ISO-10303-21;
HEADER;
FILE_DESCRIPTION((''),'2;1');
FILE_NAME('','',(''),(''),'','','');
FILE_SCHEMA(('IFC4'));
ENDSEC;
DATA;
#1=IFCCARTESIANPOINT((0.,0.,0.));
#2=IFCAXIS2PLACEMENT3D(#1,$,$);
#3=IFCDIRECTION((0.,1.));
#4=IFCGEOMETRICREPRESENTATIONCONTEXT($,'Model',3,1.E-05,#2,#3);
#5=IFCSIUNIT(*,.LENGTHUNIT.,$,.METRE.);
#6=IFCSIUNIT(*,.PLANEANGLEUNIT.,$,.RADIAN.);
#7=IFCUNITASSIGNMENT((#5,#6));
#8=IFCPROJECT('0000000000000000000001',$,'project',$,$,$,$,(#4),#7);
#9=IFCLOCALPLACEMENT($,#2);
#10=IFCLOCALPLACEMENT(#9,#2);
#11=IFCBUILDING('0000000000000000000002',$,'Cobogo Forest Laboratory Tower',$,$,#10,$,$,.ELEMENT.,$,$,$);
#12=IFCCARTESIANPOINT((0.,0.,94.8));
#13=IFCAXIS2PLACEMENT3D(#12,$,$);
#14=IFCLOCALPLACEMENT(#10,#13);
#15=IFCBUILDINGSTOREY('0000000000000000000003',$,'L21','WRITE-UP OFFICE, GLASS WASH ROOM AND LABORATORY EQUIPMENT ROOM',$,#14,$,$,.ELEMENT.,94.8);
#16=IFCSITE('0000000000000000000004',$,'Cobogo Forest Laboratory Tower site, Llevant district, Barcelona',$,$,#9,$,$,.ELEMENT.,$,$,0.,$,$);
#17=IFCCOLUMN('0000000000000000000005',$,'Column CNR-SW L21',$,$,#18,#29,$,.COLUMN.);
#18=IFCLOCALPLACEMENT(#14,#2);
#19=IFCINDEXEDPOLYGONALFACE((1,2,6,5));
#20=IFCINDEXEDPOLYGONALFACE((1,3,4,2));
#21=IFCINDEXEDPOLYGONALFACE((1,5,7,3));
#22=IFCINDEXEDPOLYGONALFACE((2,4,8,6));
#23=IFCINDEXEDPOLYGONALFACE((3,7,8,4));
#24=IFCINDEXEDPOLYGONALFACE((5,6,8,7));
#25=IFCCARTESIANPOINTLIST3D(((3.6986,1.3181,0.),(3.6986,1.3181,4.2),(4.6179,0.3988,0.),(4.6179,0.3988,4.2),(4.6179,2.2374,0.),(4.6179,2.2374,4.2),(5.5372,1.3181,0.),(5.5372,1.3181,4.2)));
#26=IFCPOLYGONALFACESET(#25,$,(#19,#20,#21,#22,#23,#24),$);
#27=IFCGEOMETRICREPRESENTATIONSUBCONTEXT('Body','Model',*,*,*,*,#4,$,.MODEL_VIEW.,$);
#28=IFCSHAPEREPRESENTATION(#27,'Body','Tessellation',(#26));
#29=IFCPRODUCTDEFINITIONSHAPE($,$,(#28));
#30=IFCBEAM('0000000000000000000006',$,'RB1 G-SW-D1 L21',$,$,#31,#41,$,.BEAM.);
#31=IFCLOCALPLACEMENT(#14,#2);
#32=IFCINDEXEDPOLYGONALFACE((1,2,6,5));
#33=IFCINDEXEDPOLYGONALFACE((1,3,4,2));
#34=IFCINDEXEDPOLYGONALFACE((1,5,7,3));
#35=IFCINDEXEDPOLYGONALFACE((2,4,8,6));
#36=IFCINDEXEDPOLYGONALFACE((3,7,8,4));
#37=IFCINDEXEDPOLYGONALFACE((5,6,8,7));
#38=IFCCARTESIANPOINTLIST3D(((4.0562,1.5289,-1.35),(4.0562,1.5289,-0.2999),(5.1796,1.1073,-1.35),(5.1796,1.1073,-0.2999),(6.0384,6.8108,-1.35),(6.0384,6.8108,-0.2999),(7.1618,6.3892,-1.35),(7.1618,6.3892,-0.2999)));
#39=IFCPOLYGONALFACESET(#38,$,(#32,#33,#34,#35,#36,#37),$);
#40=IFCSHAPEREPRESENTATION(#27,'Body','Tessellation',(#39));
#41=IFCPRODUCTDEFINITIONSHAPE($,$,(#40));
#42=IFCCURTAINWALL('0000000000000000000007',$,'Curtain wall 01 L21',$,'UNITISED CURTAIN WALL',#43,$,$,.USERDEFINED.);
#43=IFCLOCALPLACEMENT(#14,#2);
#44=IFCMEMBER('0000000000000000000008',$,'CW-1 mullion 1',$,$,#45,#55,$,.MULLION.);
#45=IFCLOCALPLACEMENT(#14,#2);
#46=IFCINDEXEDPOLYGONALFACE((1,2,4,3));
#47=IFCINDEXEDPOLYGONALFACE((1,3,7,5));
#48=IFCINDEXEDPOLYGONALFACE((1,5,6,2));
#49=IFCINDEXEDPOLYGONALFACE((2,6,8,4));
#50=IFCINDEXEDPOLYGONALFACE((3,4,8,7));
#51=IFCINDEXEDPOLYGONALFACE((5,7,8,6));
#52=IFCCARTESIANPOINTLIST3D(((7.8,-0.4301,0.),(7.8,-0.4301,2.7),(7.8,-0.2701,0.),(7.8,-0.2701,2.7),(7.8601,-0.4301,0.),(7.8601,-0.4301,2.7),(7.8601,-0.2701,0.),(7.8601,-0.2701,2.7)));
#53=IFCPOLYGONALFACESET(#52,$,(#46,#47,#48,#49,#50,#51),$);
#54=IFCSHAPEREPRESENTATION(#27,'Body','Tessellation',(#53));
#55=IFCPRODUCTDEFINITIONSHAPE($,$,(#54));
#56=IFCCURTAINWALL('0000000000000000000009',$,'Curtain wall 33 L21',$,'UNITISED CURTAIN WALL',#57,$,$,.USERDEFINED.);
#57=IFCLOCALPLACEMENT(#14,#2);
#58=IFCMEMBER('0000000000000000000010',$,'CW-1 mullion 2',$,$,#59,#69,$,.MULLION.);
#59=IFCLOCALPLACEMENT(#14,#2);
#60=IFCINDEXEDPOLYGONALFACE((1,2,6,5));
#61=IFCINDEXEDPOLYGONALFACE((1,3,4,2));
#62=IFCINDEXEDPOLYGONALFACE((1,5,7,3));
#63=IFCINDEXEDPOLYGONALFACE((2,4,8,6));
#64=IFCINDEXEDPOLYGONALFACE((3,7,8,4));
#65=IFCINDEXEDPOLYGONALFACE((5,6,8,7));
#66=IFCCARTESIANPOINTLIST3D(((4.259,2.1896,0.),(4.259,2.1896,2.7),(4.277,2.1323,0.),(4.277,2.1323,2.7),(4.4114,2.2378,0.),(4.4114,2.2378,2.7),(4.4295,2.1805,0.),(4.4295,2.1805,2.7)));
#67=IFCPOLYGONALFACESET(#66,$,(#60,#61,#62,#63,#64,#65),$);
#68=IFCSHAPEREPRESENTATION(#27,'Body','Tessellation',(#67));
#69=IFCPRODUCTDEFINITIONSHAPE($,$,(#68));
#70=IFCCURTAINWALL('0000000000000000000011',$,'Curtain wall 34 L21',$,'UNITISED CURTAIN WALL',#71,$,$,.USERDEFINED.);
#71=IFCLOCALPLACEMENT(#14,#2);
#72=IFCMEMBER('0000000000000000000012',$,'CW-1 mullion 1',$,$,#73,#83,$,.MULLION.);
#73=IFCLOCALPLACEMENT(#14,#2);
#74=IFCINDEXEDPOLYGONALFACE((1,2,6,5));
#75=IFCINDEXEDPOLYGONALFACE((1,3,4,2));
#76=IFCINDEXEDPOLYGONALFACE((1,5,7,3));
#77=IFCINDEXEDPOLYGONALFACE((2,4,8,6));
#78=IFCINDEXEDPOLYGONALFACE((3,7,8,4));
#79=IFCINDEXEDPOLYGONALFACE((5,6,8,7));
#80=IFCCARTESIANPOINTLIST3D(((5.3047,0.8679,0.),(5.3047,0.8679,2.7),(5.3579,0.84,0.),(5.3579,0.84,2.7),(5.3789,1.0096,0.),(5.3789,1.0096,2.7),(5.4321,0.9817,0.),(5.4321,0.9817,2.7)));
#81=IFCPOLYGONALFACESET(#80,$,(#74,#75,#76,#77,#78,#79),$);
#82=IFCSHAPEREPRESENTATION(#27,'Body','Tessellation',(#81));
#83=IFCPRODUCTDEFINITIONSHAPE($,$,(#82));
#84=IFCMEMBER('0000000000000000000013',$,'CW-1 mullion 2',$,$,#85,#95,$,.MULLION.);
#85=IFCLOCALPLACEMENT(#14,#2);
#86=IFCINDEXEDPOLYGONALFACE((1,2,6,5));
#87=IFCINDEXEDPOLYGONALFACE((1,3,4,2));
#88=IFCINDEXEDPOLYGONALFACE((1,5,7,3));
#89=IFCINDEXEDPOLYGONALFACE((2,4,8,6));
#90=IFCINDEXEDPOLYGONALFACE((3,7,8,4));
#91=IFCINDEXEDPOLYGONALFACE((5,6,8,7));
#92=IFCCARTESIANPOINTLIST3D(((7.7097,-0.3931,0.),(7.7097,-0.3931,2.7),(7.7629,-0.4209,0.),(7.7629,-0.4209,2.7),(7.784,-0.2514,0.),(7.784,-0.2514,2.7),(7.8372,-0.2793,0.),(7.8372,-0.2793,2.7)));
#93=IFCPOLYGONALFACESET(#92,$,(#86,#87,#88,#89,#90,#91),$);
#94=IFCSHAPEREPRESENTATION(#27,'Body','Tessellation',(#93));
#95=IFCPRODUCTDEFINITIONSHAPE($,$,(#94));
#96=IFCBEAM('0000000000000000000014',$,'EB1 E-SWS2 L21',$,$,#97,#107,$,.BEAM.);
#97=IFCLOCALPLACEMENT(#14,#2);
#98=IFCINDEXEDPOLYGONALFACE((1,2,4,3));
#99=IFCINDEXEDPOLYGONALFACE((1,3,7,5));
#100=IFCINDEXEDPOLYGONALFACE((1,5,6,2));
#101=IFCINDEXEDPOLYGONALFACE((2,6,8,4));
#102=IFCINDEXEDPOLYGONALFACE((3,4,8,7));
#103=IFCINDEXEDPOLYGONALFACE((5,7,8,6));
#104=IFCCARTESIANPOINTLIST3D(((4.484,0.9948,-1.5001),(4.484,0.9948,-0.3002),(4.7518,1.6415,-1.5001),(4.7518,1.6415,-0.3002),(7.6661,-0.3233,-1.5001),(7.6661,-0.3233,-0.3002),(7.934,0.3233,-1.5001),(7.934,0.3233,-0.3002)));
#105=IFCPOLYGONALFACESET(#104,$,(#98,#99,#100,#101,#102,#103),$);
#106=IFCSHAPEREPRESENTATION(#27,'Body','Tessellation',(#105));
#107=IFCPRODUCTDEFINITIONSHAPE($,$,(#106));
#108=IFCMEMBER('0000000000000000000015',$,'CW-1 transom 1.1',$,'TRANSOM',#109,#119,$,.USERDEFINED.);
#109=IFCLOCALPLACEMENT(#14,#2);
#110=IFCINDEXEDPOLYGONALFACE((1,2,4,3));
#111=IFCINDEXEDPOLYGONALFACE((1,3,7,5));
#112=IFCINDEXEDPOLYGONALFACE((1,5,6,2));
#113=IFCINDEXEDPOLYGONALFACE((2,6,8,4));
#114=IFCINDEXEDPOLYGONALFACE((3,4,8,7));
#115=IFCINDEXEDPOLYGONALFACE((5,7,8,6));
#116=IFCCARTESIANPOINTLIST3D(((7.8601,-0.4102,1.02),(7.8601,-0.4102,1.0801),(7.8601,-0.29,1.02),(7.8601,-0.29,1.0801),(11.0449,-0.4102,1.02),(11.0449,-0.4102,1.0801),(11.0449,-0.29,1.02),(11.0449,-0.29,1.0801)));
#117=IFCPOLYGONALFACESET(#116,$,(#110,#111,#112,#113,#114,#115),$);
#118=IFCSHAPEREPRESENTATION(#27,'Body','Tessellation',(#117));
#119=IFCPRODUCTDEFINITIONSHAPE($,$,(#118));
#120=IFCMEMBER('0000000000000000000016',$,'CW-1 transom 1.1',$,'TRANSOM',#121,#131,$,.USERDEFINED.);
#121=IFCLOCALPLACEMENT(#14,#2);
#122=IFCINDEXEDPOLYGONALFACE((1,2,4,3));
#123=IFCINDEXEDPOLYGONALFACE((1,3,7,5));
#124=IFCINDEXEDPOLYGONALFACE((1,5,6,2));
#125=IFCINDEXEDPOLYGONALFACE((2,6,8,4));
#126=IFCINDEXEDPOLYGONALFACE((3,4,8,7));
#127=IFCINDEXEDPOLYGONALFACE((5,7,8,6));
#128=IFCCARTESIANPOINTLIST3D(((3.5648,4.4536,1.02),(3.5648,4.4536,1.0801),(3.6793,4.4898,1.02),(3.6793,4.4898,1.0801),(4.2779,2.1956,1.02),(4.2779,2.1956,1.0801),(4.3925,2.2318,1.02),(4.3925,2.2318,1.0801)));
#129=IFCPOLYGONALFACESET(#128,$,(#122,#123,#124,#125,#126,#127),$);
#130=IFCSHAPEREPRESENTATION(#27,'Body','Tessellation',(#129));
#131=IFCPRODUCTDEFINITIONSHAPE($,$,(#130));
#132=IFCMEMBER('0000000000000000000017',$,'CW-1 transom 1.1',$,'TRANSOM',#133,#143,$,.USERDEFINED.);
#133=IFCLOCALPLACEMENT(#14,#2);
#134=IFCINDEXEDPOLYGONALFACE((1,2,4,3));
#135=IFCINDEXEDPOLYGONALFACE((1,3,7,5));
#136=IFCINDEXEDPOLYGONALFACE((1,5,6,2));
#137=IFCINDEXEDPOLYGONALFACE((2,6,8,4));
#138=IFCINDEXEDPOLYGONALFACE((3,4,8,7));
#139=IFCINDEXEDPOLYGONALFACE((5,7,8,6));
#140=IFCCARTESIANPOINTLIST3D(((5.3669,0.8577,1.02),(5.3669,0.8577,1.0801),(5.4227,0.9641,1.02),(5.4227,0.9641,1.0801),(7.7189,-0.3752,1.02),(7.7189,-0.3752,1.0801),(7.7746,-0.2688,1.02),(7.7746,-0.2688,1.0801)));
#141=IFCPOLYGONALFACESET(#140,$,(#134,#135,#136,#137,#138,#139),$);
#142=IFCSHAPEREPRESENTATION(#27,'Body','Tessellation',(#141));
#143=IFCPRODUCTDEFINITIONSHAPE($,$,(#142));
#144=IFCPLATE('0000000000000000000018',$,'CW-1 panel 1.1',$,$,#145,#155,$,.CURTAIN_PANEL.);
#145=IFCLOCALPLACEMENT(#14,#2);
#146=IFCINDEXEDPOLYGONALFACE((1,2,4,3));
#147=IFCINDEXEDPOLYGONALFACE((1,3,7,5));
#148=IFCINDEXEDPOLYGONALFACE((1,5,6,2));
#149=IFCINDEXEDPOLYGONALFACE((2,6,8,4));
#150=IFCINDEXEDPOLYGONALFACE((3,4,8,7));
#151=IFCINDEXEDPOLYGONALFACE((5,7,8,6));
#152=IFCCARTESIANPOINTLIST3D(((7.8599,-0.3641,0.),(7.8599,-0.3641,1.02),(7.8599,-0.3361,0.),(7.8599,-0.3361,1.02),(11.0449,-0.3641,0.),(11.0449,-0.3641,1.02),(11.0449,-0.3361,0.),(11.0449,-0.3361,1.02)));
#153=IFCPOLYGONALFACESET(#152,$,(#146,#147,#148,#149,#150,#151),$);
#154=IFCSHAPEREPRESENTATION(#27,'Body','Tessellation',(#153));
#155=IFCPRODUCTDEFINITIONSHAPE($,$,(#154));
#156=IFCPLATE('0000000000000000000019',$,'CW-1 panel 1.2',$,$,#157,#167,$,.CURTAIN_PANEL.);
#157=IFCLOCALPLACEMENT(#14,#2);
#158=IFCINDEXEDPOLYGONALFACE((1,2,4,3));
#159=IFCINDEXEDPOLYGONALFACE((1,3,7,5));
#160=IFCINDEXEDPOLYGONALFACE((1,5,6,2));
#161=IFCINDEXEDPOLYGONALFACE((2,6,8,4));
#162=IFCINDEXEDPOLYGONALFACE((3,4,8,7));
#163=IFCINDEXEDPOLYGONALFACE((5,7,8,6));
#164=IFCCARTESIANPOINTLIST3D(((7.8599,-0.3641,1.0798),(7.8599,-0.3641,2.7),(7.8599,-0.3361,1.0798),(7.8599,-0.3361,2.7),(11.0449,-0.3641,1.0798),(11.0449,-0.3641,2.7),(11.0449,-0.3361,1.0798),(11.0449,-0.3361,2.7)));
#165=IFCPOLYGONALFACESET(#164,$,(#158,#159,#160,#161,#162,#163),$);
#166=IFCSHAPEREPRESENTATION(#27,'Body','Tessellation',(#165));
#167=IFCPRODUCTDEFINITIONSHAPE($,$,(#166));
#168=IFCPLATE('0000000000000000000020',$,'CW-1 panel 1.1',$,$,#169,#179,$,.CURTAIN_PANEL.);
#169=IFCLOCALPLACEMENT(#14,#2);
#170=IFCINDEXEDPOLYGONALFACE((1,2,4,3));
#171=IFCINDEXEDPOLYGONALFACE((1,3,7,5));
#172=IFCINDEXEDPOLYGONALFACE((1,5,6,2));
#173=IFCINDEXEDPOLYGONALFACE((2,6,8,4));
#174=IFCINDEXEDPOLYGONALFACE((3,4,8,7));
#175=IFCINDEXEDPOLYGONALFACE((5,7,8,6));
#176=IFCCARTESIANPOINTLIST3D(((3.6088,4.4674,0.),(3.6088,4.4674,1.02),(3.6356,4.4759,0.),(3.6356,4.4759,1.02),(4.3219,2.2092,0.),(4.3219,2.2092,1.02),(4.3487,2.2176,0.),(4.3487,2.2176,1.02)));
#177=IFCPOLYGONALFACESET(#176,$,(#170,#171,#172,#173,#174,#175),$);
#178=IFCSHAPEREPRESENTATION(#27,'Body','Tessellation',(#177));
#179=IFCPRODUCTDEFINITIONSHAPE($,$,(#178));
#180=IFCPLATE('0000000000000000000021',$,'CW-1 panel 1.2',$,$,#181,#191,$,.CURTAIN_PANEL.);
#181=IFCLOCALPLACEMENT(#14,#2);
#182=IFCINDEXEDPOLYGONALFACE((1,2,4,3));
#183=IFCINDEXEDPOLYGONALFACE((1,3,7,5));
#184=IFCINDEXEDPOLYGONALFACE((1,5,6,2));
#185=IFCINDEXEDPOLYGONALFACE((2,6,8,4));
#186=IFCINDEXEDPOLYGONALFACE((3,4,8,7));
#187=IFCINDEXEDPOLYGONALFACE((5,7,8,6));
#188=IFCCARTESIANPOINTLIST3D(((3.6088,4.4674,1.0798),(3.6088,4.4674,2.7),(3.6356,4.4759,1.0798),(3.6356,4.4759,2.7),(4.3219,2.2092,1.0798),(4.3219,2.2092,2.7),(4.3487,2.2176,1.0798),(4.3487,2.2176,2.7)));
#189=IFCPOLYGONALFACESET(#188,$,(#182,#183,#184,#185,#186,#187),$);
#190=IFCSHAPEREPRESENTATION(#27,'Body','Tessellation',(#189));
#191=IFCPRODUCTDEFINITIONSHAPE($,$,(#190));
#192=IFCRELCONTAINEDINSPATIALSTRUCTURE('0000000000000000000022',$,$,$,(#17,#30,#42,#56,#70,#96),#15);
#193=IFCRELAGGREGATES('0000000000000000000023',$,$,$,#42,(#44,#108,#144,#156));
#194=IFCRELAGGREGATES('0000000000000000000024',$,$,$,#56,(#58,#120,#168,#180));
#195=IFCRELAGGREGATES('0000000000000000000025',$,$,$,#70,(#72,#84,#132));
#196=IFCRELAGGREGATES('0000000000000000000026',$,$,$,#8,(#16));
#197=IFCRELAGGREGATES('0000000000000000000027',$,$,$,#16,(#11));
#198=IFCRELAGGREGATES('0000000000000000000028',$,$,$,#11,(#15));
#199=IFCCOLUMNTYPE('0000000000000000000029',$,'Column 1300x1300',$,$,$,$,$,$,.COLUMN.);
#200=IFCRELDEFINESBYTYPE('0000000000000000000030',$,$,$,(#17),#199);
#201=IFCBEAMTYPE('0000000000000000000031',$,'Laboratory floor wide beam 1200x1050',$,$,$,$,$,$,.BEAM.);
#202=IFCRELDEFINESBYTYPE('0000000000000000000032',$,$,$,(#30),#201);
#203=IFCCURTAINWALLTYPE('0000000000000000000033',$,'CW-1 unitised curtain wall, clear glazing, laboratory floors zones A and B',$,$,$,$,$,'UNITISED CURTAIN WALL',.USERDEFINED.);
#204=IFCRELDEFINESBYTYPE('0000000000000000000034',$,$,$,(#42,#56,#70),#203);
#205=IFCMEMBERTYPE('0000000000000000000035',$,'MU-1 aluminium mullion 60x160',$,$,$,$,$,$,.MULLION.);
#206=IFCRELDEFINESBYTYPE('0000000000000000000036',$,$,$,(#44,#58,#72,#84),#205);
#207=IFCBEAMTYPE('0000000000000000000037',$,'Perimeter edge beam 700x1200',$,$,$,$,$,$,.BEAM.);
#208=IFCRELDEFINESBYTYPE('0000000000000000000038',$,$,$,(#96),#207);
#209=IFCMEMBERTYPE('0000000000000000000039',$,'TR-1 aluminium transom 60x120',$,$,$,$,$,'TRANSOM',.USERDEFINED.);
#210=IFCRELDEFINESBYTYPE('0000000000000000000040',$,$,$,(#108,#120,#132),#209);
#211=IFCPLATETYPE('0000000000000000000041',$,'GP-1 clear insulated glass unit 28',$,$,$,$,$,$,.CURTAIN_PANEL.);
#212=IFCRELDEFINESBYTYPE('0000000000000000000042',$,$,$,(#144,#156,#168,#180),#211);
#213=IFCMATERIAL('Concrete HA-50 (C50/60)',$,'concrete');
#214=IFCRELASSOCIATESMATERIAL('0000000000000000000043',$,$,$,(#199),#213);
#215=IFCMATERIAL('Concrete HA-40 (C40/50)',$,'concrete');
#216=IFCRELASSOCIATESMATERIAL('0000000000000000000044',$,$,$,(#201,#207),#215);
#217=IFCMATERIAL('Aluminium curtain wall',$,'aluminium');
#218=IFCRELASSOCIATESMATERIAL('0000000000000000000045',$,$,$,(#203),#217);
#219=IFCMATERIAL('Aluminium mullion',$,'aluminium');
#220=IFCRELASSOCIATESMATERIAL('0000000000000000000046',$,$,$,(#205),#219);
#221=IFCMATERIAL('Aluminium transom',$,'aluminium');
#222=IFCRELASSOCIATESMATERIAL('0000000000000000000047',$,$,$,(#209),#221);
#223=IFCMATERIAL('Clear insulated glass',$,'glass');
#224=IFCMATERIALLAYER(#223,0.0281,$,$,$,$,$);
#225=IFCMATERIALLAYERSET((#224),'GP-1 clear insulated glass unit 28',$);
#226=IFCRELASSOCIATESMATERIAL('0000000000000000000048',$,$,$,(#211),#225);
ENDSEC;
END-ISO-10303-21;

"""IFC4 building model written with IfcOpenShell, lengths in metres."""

from ifc_helpers import new_model, si_unit, direction, frame, origin, origin_2d, place, context, subcontext, project, spatial, rectangle, extrude, material, layer, layer_set, material_profile, profile_set, type_object, element, aggregate, save


model = new_model("IFC4")

# Units and contexts
model_context = context("Model", 3, precision=1e-05, world=origin(), true_north=direction((0.0, 1.0)))
body_context = subcontext(model_context, "Body", "Model", "MODEL_VIEW")
ifc_project = project(units=[si_unit("LENGTHUNIT", "METRE"), si_unit("PLANEANGLEUNIT", "RADIAN")], contexts=[model_context])

# Site, building, storey
site_placement = place(None, origin())
site = spatial("IfcSite", under=ifc_project, at=site_placement, Name="Cobogo Forest Laboratory Tower site, Llevant district, Barcelona", CompositionType="ELEMENT", RefElevation=0.0)
building_placement = place(site_placement, origin())
building = spatial("IfcBuilding", under=site, at=building_placement, Name="Cobogo Forest Laboratory Tower", CompositionType="ELEMENT")
storey_placement = place(building_placement, frame((0.0, 0.0, 94.8)))
storey = spatial("IfcBuildingStorey", under=building, at=storey_placement, Name="L21", Description="WRITE-UP OFFICE, GLASS WASH ROOM AND LABORATORY EQUIPMENT ROOM", CompositionType="ELEMENT", Elevation=94.8)

# Column
ifc_material_1 = material(Name="Concrete HA-50 (C50/60)", Category="concrete")
ifc_material_profile_1 = material_profile(ifc_material_1, rectangle(XDim=1.3, YDim=1.3, at=origin_2d()), Name="RC 1300x1300")
ifc_profile_set_1 = profile_set([ifc_material_profile_1], Name="Concrete HA-50 (C50/60)")
column_type = type_object("IfcColumnType", Name="Column 1300x1300", PredefinedType="COLUMN", material=ifc_profile_set_1)
column_placement = place(storey_placement, frame((4.6179, 1.3181, 0.0), z_axis=(0.0, 0.0, 1.0), x_axis=(0.707107, 0.707107, 0.0)))
element("IfcColumn", 1, at=column_placement, inside=storey, type_object=column_type, Name="Column CNR-SW L21", PredefinedType="COLUMN", context=body_context, shape_type="SweptSolid", body=[
    extrude(rectangle(XDim=1.3, YDim=1.3, at=origin_2d()), origin(), (0.0, 0.0, 1.0), 4.2),
])

# Beam
ifc_material_2 = material(Name="Concrete HA-40 (C40/50)", Category="concrete")
ifc_material_profile_2 = material_profile(ifc_material_2, rectangle(XDim=1.2, YDim=1.05, at=origin_2d()), Name="RC 1200x1050")
ifc_profile_set_2 = profile_set([ifc_material_profile_2], Name="Concrete HA-40 (C40/50)")
beam_type_1 = type_object("IfcBeamType", Name="Laboratory floor wide beam 1200x1050", PredefinedType="BEAM", material=ifc_profile_set_2)
beam_1_placement = place(storey_placement, frame((4.6179, 1.3181, -0.825), z_axis=(0.351346, 0.936246, 0.0), x_axis=(-0.936246, 0.351346, 0.0)))
element("IfcBeam", 2, at=beam_1_placement, inside=storey, type_object=beam_type_1, Name="RB1 G-SW-D1 L21", PredefinedType="BEAM", context=body_context, shape_type="SweptSolid", body=[
    extrude(rectangle(XDim=1.2, YDim=1.05, at=origin_2d()), origin(), (0.0, 0.0, 1.0), 5.6416),
])

# Curtain walls, members
ifc_material_3 = material(Name="Aluminium curtain wall", Category="aluminium")
curtain_wall_type = type_object("IfcCurtainWallType", Name="CW-1 unitised curtain wall, clear glazing, laboratory floors zones A and B", ElementType="UNITISED CURTAIN WALL", PredefinedType="USERDEFINED", material=ifc_material_3)
curtain_wall_1_placement = place(storey_placement, origin())
curtain_wall_1 = element("IfcCurtainWall", 3, at=curtain_wall_1_placement, inside=storey, type_object=curtain_wall_type, Name="Curtain wall 01 L21", ObjectType="UNITISED CURTAIN WALL", PredefinedType="USERDEFINED")
ifc_material_4 = material(Name="Aluminium mullion", Category="aluminium")
ifc_material_profile_3 = material_profile(ifc_material_4, rectangle(XDim=0.0601, YDim=0.1599, at=origin_2d()), Name="AL 60x160")
ifc_profile_set_3 = profile_set([ifc_material_profile_3], Name="Aluminium mullion")
member_type_1 = type_object("IfcMemberType", Name="MU-1 aluminium mullion 60x160", PredefinedType="MULLION", material=ifc_profile_set_3)
member_1_placement = place(storey_placement, frame((7.8301, -0.3501, 0.0), z_axis=(0.0, 0.0, 1.0), x_axis=(1.0, 0.0, 0.0)))
member_1 = element("IfcMember", 4, at=member_1_placement, type_object=member_type_1, Name="CW-1 mullion 1", PredefinedType="MULLION", context=body_context, shape_type="SweptSolid", body=[
    extrude(rectangle(XDim=0.0601, YDim=0.1599, at=origin_2d()), origin(), (0.0, 0.0, 1.0), 2.7),
])
curtain_wall_2_placement = place(storey_placement, origin())
curtain_wall_2 = element("IfcCurtainWall", 5, at=curtain_wall_2_placement, inside=storey, type_object=curtain_wall_type, Name="Curtain wall 33 L21", ObjectType="UNITISED CURTAIN WALL", PredefinedType="USERDEFINED")
member_2_placement = place(storey_placement, frame((4.3442, 2.1851, 0.0), z_axis=(0.0, 0.0, 1.0), x_axis=(0.301135, -0.953581, 0.0)))
member_2 = element("IfcMember", 6, at=member_2_placement, type_object=member_type_1, Name="CW-1 mullion 2", PredefinedType="MULLION", context=body_context, shape_type="SweptSolid", body=[
    extrude(rectangle(XDim=0.0601, YDim=0.1599, at=origin_2d()), origin(), (0.0, 0.0, 1.0), 2.7),
])

# Curtain wall, members
curtain_wall_3_placement = place(storey_placement, origin())
curtain_wall_3 = element("IfcCurtainWall", 7, at=curtain_wall_3_placement, inside=storey, type_object=curtain_wall_type, Name="Curtain wall 34 L21", ObjectType="UNITISED CURTAIN WALL", PredefinedType="USERDEFINED")
member_3_placement = place(storey_placement, frame((5.3684, 0.9248, 0.0), z_axis=(0.0, 0.0, 1.0), x_axis=(0.885687, -0.464284, 0.0)))
member_3 = element("IfcMember", 8, at=member_3_placement, type_object=member_type_1, Name="CW-1 mullion 1", PredefinedType="MULLION", context=body_context, shape_type="SweptSolid", body=[
    extrude(rectangle(XDim=0.0601, YDim=0.1599, at=origin_2d()), origin(), (0.0, 0.0, 1.0), 2.7),
])
member_4_placement = place(storey_placement, frame((7.7734, -0.3362, 0.0), z_axis=(0.0, 0.0, 1.0), x_axis=(0.885687, -0.464284, 0.0)))
member_4 = element("IfcMember", 9, at=member_4_placement, type_object=member_type_1, Name="CW-1 mullion 2", PredefinedType="MULLION", context=body_context, shape_type="SweptSolid", body=[
    extrude(rectangle(XDim=0.0601, YDim=0.1599, at=origin_2d()), origin(), (0.0, 0.0, 1.0), 2.7),
])

# Beam
ifc_material_profile_4 = material_profile(ifc_material_2, rectangle(XDim=0.7, YDim=1.2, at=origin_2d()), Name="RC 700x1200")
ifc_profile_set_4 = profile_set([ifc_material_profile_4], Name="Concrete HA-40 (C40/50)")
beam_type_2 = type_object("IfcBeamType", Name="Perimeter edge beam 700x1200", PredefinedType="BEAM", material=ifc_profile_set_4)
beam_2_placement = place(storey_placement, frame((7.8, 0.0, -0.9001), z_axis=(-0.923876, 0.382692, 0.0), x_axis=(-0.382692, -0.923876, 0.0)))
element("IfcBeam", 10, at=beam_2_placement, inside=storey, type_object=beam_type_2, Name="EB1 E-SWS2 L21", PredefinedType="BEAM", context=body_context, shape_type="SweptSolid", body=[
    extrude(rectangle(XDim=0.7, YDim=1.2, at=origin_2d()), origin(), (0.0, 0.0, 1.0), 3.4443),
])

# Members
ifc_material_5 = material(Name="Aluminium transom", Category="aluminium")
ifc_material_profile_5 = material_profile(ifc_material_5, rectangle(XDim=0.1201, YDim=0.0601, at=origin_2d()), Name="AL 60x120")
ifc_profile_set_5 = profile_set([ifc_material_profile_5], Name="Aluminium transom")
member_type_2 = type_object("IfcMemberType", Name="TR-1 aluminium transom 60x120", ElementType="TRANSOM", PredefinedType="USERDEFINED", material=ifc_profile_set_5)
member_5_placement = place(storey_placement, frame((7.8601, -0.3501, 1.05), z_axis=(1.0, 0.0, 0.0), x_axis=(0.0, 1.0, 0.0)))
member_5 = element("IfcMember", 11, at=member_5_placement, type_object=member_type_2, Name="CW-1 transom 1.1", ObjectType="TRANSOM", PredefinedType="USERDEFINED", context=body_context, shape_type="SweptSolid", body=[
    extrude(rectangle(XDim=0.1201, YDim=0.0601, at=origin_2d()), origin(), (0.0, 0.0, 1.0), 3.1848),
])
member_6_placement = place(storey_placement, frame((3.6221, 4.4717, 1.05), z_axis=(0.301156, -0.953575, 0.0), x_axis=(0.953575, 0.301156, 0.0)))
member_6 = element("IfcMember", 12, at=member_6_placement, type_object=member_type_2, Name="CW-1 transom 1.1", ObjectType="TRANSOM", PredefinedType="USERDEFINED", context=body_context, shape_type="SweptSolid", body=[
    extrude(rectangle(XDim=0.1201, YDim=0.0601, at=origin_2d()), origin(), (0.0, 0.0, 1.0), 2.3679),
])
member_7_placement = place(storey_placement, frame((5.3948, 0.9109, 1.05), z_axis=(0.885695, -0.464268, 0.0), x_axis=(0.464268, 0.885695, 0.0)))
member_7 = element("IfcMember", 13, at=member_7_placement, type_object=member_type_2, Name="CW-1 transom 1.1", ObjectType="TRANSOM", PredefinedType="USERDEFINED", context=body_context, shape_type="SweptSolid", body=[
    extrude(rectangle(XDim=0.1201, YDim=0.0601, at=origin_2d()), origin(), (0.0, 0.0, 1.0), 2.6555),
])

# Plates
ifc_material_6 = material(Name="Clear insulated glass", Category="glass")
ifc_layer = layer(ifc_material_6, 0.0281)
ifc_layer_set = layer_set([ifc_layer], Name="GP-1 clear insulated glass unit 28")
plate_type = type_object("IfcPlateType", Name="GP-1 clear insulated glass unit 28", PredefinedType="CURTAIN_PANEL", material=ifc_layer_set)
plate_1_placement = place(storey_placement, frame((9.4524, -0.3501, 0.0), z_axis=(0.0, 0.0, 1.0), x_axis=(1.0, 0.0, 0.0)))
plate_1 = element("IfcPlate", 14, at=plate_1_placement, type_object=plate_type, Name="CW-1 panel 1.1", PredefinedType="CURTAIN_PANEL", context=body_context, shape_type="SweptSolid", body=[
    extrude(rectangle(XDim=3.1851, YDim=0.0281, at=origin_2d()), origin(), (0.0, 0.0, 1.0), 1.02),
])
plate_2_placement = place(storey_placement, frame((9.4524, -0.3501, 1.0798), z_axis=(0.0, 0.0, 1.0), x_axis=(1.0, 0.0, 0.0)))
plate_2 = element("IfcPlate", 15, at=plate_2_placement, type_object=plate_type, Name="CW-1 panel 1.2", PredefinedType="CURTAIN_PANEL", context=body_context, shape_type="SweptSolid", body=[
    extrude(rectangle(XDim=3.1851, YDim=0.0281, at=origin_2d()), origin(), (0.0, 0.0, 1.0), 1.6201),
])
aggregate(curtain_wall_1, [member_1, member_5, plate_1, plate_2])
plate_3_placement = place(storey_placement, frame((3.9788, 3.3425, 0.0), z_axis=(0.0, 0.0, 1.0), x_axis=(0.301135, -0.953581, 0.0)))
plate_3 = element("IfcPlate", 16, at=plate_3_placement, type_object=plate_type, Name="CW-1 panel 1.1", PredefinedType="CURTAIN_PANEL", context=body_context, shape_type="SweptSolid", body=[
    extrude(rectangle(XDim=2.3682, YDim=0.0281, at=origin_2d()), origin(), (0.0, 0.0, 1.0), 1.02),
])
plate_4_placement = place(storey_placement, frame((3.9788, 3.3425, 1.0798), z_axis=(0.0, 0.0, 1.0), x_axis=(0.301135, -0.953581, 0.0)))
plate_4 = element("IfcPlate", 17, at=plate_4_placement, type_object=plate_type, Name="CW-1 panel 1.2", PredefinedType="CURTAIN_PANEL", context=body_context, shape_type="SweptSolid", body=[
    extrude(rectangle(XDim=2.3682, YDim=0.0281, at=origin_2d()), origin(), (0.0, 0.0, 1.0), 1.6201),
])
aggregate(curtain_wall_2, [member_2, member_6, plate_3, plate_4])
aggregate(curtain_wall_3, [member_3, member_4, member_7])

save(model, "model.ifc")
